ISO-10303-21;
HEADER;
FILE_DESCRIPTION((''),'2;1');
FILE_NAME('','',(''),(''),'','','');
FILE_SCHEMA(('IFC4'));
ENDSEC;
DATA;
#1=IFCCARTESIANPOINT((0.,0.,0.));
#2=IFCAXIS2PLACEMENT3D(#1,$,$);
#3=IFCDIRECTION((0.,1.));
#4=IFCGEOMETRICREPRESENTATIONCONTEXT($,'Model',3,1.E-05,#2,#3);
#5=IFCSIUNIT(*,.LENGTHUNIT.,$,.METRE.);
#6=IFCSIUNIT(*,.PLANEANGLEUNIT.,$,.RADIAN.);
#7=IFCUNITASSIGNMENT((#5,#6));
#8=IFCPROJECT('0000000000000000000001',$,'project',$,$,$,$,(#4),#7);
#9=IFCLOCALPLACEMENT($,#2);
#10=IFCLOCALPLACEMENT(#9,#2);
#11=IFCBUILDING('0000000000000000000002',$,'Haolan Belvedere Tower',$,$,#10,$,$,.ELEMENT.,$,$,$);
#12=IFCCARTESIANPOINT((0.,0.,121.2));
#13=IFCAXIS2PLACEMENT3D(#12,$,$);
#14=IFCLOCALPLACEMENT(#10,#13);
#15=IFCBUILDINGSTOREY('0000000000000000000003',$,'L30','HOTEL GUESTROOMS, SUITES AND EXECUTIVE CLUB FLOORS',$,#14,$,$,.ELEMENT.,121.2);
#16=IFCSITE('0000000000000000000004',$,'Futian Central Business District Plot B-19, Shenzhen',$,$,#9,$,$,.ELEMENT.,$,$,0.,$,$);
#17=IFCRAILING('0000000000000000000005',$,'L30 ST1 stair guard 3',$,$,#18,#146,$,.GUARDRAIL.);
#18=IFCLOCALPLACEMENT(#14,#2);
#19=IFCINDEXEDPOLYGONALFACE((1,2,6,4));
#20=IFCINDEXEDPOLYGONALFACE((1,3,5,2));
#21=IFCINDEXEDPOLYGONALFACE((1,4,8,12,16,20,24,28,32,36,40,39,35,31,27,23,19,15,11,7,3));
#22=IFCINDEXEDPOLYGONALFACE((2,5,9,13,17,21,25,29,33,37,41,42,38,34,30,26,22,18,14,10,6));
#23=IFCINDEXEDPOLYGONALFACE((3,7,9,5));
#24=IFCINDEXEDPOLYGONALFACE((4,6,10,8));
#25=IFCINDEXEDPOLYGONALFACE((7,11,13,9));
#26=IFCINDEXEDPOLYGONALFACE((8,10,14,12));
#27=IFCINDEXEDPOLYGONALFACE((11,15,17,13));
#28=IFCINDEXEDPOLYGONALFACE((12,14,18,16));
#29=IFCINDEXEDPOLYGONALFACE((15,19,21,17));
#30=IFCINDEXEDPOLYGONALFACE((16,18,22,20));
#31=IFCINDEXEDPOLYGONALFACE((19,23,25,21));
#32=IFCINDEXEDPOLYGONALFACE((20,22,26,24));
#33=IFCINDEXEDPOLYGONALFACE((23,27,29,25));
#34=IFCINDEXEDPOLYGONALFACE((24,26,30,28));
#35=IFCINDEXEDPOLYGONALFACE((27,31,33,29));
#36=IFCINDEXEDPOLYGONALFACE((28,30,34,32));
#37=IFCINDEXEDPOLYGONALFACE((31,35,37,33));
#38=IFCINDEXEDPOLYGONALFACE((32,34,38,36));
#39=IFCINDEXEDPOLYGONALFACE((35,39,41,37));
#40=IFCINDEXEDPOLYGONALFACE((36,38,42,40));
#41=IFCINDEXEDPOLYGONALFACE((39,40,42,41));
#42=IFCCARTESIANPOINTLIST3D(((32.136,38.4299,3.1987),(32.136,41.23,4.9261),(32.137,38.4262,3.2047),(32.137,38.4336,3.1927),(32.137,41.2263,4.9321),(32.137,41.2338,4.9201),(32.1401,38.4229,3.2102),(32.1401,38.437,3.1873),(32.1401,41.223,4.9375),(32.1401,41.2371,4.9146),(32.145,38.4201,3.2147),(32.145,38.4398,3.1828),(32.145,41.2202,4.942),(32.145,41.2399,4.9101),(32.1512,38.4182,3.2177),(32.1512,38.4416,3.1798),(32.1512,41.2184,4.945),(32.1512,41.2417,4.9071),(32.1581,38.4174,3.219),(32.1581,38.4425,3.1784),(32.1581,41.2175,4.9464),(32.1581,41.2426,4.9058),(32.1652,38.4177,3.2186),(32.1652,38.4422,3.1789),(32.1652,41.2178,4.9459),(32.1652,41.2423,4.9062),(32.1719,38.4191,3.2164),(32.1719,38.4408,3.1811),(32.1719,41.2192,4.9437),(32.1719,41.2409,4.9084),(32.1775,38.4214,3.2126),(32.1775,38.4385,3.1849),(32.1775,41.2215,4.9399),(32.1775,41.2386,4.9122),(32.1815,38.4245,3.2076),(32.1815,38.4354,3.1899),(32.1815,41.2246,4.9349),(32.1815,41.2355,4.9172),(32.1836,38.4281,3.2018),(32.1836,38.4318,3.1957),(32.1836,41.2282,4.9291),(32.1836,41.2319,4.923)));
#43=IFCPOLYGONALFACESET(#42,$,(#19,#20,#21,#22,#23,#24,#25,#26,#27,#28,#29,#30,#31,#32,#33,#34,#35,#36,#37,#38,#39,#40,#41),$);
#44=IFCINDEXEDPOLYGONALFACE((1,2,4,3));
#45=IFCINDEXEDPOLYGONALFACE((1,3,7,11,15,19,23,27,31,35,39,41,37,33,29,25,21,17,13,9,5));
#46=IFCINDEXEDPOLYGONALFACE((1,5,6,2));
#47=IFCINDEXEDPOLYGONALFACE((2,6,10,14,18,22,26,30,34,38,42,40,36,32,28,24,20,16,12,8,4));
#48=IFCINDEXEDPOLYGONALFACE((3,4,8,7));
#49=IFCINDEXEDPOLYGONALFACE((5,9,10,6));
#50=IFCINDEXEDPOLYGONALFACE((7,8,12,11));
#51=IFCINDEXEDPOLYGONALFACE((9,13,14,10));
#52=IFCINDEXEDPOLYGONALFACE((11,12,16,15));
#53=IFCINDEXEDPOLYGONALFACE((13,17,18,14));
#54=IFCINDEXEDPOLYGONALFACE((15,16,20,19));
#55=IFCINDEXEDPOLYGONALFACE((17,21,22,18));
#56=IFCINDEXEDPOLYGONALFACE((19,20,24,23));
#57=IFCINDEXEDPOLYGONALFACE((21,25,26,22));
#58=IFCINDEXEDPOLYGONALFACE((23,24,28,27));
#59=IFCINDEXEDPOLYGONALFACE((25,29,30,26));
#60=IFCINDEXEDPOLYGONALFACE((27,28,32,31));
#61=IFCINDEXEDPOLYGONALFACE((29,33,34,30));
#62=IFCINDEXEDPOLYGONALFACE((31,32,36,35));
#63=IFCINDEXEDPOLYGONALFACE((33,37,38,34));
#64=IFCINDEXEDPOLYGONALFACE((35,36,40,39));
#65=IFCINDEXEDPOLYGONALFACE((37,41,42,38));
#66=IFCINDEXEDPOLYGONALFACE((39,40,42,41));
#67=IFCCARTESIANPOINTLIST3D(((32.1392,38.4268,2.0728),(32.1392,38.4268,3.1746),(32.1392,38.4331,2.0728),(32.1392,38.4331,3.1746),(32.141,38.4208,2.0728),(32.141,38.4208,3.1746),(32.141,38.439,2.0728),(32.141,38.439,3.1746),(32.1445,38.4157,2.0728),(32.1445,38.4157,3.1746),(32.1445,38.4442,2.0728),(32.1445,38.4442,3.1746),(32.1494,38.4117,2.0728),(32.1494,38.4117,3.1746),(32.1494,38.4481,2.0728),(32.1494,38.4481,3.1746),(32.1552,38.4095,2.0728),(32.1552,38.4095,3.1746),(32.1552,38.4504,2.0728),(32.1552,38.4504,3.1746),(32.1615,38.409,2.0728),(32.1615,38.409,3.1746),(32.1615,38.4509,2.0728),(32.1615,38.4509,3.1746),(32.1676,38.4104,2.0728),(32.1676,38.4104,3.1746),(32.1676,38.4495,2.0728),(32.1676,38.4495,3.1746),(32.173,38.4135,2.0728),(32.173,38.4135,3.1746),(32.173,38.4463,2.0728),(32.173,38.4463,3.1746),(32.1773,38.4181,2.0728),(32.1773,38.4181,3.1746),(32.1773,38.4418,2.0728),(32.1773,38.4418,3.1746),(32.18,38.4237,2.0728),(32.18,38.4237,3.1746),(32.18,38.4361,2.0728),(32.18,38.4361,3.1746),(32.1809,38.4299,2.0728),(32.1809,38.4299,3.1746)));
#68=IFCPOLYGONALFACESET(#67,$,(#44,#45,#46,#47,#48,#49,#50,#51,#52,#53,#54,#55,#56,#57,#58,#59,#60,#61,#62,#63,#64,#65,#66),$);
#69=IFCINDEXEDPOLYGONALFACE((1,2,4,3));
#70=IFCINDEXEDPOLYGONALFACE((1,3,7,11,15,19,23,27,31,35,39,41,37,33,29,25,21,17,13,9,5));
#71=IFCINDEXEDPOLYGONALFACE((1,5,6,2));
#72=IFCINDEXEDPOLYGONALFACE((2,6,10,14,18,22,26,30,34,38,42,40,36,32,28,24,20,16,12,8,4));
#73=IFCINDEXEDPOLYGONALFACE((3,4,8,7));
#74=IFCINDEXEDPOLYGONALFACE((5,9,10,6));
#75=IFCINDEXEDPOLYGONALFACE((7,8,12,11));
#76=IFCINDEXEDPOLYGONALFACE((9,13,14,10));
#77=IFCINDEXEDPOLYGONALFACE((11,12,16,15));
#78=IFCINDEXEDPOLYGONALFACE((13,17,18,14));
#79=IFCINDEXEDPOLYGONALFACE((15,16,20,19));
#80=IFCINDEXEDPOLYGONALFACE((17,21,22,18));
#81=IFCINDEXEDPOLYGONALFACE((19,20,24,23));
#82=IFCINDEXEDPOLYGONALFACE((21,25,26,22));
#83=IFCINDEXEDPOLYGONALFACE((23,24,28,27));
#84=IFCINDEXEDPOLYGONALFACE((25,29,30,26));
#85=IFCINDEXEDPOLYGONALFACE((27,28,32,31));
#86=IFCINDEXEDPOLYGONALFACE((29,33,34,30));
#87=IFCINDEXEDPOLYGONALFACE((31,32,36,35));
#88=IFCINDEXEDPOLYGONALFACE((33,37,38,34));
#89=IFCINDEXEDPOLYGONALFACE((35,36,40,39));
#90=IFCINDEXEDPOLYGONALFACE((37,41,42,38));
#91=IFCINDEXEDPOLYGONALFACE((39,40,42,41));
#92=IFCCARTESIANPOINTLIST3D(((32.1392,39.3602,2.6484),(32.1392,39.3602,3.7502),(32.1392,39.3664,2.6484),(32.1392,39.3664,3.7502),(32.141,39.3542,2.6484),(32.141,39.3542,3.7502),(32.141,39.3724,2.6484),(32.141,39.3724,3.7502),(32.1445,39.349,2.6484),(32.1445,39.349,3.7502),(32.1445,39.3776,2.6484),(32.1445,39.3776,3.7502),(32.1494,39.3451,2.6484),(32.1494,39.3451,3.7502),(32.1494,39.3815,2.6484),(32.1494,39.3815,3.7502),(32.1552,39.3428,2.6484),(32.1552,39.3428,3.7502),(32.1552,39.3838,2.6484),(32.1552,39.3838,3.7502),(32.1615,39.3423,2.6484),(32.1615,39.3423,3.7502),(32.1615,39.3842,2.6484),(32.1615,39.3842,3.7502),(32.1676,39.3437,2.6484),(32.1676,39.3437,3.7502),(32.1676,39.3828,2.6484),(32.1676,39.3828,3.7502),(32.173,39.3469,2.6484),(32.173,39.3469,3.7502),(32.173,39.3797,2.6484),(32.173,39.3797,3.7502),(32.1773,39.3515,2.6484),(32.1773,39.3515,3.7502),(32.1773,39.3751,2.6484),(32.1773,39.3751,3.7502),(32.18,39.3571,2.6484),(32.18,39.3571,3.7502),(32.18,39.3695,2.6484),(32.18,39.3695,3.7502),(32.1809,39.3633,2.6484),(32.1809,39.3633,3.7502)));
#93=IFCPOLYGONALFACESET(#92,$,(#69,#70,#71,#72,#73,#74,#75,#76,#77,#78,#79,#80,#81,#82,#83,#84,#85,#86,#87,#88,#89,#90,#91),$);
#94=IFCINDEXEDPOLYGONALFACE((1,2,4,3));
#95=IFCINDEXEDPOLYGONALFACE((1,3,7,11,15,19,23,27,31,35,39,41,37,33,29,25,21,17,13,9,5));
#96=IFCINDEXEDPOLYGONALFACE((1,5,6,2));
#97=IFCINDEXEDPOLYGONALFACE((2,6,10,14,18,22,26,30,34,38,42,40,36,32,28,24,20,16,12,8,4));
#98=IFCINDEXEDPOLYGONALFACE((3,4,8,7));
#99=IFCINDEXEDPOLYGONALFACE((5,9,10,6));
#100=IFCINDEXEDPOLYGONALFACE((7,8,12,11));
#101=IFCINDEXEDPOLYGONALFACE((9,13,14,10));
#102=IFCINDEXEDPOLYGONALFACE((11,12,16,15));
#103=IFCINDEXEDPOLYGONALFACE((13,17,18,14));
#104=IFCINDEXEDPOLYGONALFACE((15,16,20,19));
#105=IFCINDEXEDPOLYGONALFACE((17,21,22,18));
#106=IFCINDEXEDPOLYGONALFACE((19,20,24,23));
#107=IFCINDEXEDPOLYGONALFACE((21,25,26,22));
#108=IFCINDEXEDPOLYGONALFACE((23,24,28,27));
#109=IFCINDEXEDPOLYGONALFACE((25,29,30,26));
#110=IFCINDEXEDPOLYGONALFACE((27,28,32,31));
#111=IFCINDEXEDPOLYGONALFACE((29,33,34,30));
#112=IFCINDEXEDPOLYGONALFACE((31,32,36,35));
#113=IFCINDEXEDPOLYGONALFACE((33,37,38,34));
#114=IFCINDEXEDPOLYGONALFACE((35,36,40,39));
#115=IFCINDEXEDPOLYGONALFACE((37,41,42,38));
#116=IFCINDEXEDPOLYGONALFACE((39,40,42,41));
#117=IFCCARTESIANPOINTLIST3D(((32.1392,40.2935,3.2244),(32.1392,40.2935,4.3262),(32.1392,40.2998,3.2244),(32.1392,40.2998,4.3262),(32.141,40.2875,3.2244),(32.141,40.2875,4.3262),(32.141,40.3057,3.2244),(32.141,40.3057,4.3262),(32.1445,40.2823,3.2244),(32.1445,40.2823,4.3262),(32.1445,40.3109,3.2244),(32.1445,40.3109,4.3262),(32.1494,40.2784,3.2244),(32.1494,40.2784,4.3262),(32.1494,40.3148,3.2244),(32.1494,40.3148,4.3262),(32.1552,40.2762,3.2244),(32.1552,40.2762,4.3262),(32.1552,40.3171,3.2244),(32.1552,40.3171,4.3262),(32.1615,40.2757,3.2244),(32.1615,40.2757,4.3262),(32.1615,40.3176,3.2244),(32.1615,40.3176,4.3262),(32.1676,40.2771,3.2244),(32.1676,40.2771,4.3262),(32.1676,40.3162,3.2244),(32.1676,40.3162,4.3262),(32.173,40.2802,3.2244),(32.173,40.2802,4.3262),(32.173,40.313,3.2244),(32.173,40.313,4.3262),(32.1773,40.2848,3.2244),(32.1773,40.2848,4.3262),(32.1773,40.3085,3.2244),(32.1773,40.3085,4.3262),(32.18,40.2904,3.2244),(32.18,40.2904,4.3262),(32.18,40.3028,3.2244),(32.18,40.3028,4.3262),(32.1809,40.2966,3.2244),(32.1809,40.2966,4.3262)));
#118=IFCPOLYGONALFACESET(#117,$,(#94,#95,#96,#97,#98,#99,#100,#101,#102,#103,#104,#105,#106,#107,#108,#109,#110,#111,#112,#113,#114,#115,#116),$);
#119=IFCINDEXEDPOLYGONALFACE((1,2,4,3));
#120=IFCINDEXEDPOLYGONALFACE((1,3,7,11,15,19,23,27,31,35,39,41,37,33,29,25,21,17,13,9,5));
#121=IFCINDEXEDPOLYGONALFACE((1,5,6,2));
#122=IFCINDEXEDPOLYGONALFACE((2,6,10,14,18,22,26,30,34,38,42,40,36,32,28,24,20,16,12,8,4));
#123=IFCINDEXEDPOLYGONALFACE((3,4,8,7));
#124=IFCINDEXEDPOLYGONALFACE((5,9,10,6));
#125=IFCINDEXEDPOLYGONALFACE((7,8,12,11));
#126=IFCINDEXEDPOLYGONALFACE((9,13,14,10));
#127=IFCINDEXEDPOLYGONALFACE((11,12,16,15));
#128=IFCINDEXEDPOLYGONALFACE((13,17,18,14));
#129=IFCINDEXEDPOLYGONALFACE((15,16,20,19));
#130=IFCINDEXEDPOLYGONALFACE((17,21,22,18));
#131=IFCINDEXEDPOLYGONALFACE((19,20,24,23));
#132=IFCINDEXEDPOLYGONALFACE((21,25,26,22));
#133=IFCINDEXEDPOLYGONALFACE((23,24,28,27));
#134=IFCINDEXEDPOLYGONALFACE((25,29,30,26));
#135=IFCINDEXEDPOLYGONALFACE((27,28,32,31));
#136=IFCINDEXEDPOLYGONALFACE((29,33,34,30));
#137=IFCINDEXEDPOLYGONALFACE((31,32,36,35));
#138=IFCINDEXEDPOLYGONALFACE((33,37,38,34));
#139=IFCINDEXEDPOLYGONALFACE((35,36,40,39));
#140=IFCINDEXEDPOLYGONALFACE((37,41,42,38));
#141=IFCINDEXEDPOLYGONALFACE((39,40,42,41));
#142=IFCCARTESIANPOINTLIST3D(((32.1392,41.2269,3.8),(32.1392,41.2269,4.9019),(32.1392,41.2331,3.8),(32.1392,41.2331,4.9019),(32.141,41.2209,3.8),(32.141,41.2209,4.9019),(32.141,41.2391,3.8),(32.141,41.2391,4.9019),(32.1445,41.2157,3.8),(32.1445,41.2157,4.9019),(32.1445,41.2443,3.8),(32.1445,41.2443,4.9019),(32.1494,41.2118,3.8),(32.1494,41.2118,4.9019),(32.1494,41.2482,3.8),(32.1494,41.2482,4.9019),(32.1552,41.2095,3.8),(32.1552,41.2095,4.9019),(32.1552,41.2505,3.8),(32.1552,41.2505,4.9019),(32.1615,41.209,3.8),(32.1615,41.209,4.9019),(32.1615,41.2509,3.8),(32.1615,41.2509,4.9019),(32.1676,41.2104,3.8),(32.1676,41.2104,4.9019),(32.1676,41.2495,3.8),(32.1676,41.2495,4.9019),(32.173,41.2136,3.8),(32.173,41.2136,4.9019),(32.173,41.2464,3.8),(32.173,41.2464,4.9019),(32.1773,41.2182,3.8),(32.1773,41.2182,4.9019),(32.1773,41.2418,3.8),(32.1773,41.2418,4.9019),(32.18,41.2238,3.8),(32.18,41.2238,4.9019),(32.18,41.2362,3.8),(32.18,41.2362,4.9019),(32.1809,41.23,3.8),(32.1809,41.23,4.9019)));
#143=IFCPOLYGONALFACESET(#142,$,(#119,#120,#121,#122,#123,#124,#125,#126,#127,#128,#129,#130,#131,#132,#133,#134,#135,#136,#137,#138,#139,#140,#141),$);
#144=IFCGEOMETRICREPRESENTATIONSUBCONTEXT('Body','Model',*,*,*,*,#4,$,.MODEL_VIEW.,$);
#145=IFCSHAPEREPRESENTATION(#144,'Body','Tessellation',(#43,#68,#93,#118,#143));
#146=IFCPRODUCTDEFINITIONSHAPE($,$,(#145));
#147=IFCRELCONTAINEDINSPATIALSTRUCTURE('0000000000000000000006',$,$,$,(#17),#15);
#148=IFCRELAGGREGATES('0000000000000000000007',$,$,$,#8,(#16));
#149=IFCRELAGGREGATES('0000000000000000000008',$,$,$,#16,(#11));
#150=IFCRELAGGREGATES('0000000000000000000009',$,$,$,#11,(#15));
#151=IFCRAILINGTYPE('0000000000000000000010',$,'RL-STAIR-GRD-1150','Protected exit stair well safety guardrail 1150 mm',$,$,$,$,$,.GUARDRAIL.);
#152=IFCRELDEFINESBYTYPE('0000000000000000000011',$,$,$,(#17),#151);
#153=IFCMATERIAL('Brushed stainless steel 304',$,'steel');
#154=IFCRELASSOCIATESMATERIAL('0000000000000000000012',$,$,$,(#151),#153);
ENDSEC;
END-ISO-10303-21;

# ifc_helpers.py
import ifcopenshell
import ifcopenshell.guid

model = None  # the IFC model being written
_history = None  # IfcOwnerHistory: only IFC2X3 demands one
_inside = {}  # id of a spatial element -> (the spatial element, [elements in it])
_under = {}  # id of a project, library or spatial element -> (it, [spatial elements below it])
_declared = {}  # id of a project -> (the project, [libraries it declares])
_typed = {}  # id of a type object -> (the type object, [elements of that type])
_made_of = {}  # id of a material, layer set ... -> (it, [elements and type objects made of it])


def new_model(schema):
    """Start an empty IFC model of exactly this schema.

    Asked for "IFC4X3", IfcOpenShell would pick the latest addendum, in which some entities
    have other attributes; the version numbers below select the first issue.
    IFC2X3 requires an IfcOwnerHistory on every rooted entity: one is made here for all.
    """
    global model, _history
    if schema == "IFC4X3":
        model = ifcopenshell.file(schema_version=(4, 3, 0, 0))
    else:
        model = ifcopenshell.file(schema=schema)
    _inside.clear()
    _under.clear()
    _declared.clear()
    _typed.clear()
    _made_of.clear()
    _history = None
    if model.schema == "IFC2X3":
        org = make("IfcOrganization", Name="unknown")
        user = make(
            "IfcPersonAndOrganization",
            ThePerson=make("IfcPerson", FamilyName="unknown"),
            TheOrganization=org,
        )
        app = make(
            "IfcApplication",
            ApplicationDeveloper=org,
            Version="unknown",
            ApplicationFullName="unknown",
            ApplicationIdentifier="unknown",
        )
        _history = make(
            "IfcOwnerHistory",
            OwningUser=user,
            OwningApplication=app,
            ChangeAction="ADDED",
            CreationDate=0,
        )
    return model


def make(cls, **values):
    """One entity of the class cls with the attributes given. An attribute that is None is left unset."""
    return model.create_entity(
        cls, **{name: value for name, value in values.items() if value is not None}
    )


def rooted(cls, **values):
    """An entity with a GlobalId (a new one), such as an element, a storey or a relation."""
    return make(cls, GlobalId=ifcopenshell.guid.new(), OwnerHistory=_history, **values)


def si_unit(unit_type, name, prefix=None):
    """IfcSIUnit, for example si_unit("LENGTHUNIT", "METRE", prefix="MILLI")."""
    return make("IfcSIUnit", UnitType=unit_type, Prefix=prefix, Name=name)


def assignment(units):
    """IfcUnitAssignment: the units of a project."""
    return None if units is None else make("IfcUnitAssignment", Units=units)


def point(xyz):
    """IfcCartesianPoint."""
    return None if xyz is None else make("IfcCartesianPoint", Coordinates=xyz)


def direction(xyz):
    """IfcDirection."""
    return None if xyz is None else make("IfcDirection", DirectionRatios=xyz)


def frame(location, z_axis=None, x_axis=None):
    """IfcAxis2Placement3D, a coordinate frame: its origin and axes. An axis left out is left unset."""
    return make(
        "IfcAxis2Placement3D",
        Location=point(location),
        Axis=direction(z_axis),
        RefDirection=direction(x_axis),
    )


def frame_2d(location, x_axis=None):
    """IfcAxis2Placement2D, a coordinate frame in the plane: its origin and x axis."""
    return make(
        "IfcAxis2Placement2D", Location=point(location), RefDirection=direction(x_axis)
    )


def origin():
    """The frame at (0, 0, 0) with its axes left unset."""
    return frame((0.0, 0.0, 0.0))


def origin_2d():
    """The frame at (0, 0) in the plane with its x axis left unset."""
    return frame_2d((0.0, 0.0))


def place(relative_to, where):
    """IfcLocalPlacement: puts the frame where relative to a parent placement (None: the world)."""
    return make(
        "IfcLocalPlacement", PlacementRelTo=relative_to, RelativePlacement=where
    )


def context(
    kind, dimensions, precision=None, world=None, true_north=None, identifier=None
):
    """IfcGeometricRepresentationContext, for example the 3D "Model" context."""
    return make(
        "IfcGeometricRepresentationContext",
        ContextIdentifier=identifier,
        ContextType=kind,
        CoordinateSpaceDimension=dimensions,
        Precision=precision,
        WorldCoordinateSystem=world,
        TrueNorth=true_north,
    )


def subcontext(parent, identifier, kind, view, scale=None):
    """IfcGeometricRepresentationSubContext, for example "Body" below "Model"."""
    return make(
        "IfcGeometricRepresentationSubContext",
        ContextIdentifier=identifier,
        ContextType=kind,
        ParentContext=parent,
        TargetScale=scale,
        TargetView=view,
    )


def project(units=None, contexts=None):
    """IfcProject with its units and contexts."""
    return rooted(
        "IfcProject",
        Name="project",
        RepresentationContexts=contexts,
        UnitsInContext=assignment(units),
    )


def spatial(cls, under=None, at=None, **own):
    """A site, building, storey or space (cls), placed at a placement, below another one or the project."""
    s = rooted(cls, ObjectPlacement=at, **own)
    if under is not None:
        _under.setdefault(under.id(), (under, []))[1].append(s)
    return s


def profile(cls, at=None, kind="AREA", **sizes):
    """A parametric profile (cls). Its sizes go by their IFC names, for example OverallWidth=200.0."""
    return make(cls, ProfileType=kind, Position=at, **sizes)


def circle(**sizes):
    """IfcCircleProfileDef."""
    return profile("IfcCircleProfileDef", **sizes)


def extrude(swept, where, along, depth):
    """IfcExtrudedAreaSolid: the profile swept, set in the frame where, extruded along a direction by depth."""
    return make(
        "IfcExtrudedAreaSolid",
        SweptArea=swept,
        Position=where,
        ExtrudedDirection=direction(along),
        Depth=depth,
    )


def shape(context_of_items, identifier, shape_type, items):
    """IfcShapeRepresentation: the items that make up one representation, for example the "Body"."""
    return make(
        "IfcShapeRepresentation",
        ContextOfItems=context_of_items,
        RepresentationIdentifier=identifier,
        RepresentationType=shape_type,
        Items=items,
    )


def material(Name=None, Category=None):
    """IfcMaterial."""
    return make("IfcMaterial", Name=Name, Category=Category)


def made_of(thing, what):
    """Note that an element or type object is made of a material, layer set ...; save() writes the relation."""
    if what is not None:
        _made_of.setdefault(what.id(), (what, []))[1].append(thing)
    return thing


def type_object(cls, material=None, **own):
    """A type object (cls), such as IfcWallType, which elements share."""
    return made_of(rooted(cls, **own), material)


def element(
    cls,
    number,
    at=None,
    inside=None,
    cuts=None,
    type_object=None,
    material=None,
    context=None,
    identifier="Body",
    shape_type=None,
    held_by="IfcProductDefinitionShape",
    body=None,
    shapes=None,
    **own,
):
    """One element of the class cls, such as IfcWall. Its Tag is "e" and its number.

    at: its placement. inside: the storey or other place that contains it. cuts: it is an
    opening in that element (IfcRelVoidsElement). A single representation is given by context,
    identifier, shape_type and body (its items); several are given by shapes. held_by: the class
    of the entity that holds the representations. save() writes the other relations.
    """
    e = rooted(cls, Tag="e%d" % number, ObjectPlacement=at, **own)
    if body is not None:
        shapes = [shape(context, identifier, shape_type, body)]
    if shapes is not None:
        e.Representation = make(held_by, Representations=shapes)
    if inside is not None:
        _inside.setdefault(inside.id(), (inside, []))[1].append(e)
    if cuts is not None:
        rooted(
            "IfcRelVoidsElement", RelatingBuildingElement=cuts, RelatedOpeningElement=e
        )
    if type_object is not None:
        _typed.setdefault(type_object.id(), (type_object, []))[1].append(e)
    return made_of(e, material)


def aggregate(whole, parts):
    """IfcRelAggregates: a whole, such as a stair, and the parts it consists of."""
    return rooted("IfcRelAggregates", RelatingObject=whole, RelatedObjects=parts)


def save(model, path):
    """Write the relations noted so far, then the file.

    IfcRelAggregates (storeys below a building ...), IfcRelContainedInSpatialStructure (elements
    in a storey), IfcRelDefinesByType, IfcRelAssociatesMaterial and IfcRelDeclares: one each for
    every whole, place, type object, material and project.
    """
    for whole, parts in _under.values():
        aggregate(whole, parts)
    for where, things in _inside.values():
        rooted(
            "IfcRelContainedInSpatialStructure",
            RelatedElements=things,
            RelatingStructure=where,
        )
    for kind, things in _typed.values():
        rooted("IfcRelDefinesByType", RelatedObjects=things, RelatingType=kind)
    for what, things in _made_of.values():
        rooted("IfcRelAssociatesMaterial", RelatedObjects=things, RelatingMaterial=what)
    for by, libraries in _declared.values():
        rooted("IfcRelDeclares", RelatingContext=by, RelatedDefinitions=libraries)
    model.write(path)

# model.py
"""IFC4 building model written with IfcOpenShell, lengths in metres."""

from ifc_helpers import new_model, si_unit, direction, frame, origin, origin_2d, place, context, subcontext, project, spatial, circle, extrude, material, type_object, element, save


model = new_model("IFC4")

# Units and contexts
model_context = context("Model", 3, precision=1e-05, world=origin(), true_north=direction((0.0, 1.0)))
body_context = subcontext(model_context, "Body", "Model", "MODEL_VIEW")
ifc_project = project(units=[si_unit("LENGTHUNIT", "METRE"), si_unit("PLANEANGLEUNIT", "RADIAN")], contexts=[model_context])

# Site, building, storey
site_placement = place(None, origin())
site = spatial("IfcSite", under=ifc_project, at=site_placement, Name="Futian Central Business District Plot B-19, Shenzhen", CompositionType="ELEMENT", RefElevation=0.0)
building_placement = place(site_placement, origin())
building = spatial("IfcBuilding", under=site, at=building_placement, Name="Haolan Belvedere Tower", CompositionType="ELEMENT")
storey_placement = place(building_placement, frame((0.0, 0.0, 121.2)))
storey = spatial("IfcBuildingStorey", under=building, at=storey_placement, Name="L30", Description="HOTEL GUESTROOMS, SUITES AND EXECUTIVE CLUB FLOORS", CompositionType="ELEMENT", Elevation=121.2)

# Railing
ifc_material_1 = material(Name="Brushed stainless steel 304", Category="steel")
railing_type_1 = type_object("IfcRailingType", Name="RL-STAIR-GRD-1150", Description="Protected exit stair well safety guardrail 1150 mm", PredefinedType="GUARDRAIL", material=ifc_material_1)
railing_1_placement = place(storey_placement, frame((32.1599, 38.4299, 2.0728)))
element("IfcRailing", 1, at=railing_1_placement, inside=storey, type_object=railing_type_1, Name="L30 ST1 stair guard 3", PredefinedType="GUARDRAIL", context=body_context, shape_type="SweptSolid", body=[
    extrude(circle(Radius=0.0239, at=origin_2d()), frame((0.0, 0.0, 1.126), z_axis=(0.0, 0.85109, 0.52502), x_axis=(-1.0, 0.0, 0.0)), (0.0, 0.0, 1.0), 3.29),
    extrude(circle(Radius=0.021, at=origin_2d()), origin(), (0.0, 0.0, 1.0), 1.1018),
    extrude(circle(Radius=0.021, at=origin_2d()), frame((0.0, 0.9333, 0.5757)), (0.0, 0.0, 1.0), 1.1018),
    extrude(circle(Radius=0.021, at=origin_2d()), frame((0.0, 1.8667, 1.1516)), (0.0, 0.0, 1.0), 1.1018),
    extrude(circle(Radius=0.021, at=origin_2d()), frame((0.0, 2.8, 1.7273)), (0.0, 0.0, 1.0), 1.1018),
])

save(model, "model.ifc")
